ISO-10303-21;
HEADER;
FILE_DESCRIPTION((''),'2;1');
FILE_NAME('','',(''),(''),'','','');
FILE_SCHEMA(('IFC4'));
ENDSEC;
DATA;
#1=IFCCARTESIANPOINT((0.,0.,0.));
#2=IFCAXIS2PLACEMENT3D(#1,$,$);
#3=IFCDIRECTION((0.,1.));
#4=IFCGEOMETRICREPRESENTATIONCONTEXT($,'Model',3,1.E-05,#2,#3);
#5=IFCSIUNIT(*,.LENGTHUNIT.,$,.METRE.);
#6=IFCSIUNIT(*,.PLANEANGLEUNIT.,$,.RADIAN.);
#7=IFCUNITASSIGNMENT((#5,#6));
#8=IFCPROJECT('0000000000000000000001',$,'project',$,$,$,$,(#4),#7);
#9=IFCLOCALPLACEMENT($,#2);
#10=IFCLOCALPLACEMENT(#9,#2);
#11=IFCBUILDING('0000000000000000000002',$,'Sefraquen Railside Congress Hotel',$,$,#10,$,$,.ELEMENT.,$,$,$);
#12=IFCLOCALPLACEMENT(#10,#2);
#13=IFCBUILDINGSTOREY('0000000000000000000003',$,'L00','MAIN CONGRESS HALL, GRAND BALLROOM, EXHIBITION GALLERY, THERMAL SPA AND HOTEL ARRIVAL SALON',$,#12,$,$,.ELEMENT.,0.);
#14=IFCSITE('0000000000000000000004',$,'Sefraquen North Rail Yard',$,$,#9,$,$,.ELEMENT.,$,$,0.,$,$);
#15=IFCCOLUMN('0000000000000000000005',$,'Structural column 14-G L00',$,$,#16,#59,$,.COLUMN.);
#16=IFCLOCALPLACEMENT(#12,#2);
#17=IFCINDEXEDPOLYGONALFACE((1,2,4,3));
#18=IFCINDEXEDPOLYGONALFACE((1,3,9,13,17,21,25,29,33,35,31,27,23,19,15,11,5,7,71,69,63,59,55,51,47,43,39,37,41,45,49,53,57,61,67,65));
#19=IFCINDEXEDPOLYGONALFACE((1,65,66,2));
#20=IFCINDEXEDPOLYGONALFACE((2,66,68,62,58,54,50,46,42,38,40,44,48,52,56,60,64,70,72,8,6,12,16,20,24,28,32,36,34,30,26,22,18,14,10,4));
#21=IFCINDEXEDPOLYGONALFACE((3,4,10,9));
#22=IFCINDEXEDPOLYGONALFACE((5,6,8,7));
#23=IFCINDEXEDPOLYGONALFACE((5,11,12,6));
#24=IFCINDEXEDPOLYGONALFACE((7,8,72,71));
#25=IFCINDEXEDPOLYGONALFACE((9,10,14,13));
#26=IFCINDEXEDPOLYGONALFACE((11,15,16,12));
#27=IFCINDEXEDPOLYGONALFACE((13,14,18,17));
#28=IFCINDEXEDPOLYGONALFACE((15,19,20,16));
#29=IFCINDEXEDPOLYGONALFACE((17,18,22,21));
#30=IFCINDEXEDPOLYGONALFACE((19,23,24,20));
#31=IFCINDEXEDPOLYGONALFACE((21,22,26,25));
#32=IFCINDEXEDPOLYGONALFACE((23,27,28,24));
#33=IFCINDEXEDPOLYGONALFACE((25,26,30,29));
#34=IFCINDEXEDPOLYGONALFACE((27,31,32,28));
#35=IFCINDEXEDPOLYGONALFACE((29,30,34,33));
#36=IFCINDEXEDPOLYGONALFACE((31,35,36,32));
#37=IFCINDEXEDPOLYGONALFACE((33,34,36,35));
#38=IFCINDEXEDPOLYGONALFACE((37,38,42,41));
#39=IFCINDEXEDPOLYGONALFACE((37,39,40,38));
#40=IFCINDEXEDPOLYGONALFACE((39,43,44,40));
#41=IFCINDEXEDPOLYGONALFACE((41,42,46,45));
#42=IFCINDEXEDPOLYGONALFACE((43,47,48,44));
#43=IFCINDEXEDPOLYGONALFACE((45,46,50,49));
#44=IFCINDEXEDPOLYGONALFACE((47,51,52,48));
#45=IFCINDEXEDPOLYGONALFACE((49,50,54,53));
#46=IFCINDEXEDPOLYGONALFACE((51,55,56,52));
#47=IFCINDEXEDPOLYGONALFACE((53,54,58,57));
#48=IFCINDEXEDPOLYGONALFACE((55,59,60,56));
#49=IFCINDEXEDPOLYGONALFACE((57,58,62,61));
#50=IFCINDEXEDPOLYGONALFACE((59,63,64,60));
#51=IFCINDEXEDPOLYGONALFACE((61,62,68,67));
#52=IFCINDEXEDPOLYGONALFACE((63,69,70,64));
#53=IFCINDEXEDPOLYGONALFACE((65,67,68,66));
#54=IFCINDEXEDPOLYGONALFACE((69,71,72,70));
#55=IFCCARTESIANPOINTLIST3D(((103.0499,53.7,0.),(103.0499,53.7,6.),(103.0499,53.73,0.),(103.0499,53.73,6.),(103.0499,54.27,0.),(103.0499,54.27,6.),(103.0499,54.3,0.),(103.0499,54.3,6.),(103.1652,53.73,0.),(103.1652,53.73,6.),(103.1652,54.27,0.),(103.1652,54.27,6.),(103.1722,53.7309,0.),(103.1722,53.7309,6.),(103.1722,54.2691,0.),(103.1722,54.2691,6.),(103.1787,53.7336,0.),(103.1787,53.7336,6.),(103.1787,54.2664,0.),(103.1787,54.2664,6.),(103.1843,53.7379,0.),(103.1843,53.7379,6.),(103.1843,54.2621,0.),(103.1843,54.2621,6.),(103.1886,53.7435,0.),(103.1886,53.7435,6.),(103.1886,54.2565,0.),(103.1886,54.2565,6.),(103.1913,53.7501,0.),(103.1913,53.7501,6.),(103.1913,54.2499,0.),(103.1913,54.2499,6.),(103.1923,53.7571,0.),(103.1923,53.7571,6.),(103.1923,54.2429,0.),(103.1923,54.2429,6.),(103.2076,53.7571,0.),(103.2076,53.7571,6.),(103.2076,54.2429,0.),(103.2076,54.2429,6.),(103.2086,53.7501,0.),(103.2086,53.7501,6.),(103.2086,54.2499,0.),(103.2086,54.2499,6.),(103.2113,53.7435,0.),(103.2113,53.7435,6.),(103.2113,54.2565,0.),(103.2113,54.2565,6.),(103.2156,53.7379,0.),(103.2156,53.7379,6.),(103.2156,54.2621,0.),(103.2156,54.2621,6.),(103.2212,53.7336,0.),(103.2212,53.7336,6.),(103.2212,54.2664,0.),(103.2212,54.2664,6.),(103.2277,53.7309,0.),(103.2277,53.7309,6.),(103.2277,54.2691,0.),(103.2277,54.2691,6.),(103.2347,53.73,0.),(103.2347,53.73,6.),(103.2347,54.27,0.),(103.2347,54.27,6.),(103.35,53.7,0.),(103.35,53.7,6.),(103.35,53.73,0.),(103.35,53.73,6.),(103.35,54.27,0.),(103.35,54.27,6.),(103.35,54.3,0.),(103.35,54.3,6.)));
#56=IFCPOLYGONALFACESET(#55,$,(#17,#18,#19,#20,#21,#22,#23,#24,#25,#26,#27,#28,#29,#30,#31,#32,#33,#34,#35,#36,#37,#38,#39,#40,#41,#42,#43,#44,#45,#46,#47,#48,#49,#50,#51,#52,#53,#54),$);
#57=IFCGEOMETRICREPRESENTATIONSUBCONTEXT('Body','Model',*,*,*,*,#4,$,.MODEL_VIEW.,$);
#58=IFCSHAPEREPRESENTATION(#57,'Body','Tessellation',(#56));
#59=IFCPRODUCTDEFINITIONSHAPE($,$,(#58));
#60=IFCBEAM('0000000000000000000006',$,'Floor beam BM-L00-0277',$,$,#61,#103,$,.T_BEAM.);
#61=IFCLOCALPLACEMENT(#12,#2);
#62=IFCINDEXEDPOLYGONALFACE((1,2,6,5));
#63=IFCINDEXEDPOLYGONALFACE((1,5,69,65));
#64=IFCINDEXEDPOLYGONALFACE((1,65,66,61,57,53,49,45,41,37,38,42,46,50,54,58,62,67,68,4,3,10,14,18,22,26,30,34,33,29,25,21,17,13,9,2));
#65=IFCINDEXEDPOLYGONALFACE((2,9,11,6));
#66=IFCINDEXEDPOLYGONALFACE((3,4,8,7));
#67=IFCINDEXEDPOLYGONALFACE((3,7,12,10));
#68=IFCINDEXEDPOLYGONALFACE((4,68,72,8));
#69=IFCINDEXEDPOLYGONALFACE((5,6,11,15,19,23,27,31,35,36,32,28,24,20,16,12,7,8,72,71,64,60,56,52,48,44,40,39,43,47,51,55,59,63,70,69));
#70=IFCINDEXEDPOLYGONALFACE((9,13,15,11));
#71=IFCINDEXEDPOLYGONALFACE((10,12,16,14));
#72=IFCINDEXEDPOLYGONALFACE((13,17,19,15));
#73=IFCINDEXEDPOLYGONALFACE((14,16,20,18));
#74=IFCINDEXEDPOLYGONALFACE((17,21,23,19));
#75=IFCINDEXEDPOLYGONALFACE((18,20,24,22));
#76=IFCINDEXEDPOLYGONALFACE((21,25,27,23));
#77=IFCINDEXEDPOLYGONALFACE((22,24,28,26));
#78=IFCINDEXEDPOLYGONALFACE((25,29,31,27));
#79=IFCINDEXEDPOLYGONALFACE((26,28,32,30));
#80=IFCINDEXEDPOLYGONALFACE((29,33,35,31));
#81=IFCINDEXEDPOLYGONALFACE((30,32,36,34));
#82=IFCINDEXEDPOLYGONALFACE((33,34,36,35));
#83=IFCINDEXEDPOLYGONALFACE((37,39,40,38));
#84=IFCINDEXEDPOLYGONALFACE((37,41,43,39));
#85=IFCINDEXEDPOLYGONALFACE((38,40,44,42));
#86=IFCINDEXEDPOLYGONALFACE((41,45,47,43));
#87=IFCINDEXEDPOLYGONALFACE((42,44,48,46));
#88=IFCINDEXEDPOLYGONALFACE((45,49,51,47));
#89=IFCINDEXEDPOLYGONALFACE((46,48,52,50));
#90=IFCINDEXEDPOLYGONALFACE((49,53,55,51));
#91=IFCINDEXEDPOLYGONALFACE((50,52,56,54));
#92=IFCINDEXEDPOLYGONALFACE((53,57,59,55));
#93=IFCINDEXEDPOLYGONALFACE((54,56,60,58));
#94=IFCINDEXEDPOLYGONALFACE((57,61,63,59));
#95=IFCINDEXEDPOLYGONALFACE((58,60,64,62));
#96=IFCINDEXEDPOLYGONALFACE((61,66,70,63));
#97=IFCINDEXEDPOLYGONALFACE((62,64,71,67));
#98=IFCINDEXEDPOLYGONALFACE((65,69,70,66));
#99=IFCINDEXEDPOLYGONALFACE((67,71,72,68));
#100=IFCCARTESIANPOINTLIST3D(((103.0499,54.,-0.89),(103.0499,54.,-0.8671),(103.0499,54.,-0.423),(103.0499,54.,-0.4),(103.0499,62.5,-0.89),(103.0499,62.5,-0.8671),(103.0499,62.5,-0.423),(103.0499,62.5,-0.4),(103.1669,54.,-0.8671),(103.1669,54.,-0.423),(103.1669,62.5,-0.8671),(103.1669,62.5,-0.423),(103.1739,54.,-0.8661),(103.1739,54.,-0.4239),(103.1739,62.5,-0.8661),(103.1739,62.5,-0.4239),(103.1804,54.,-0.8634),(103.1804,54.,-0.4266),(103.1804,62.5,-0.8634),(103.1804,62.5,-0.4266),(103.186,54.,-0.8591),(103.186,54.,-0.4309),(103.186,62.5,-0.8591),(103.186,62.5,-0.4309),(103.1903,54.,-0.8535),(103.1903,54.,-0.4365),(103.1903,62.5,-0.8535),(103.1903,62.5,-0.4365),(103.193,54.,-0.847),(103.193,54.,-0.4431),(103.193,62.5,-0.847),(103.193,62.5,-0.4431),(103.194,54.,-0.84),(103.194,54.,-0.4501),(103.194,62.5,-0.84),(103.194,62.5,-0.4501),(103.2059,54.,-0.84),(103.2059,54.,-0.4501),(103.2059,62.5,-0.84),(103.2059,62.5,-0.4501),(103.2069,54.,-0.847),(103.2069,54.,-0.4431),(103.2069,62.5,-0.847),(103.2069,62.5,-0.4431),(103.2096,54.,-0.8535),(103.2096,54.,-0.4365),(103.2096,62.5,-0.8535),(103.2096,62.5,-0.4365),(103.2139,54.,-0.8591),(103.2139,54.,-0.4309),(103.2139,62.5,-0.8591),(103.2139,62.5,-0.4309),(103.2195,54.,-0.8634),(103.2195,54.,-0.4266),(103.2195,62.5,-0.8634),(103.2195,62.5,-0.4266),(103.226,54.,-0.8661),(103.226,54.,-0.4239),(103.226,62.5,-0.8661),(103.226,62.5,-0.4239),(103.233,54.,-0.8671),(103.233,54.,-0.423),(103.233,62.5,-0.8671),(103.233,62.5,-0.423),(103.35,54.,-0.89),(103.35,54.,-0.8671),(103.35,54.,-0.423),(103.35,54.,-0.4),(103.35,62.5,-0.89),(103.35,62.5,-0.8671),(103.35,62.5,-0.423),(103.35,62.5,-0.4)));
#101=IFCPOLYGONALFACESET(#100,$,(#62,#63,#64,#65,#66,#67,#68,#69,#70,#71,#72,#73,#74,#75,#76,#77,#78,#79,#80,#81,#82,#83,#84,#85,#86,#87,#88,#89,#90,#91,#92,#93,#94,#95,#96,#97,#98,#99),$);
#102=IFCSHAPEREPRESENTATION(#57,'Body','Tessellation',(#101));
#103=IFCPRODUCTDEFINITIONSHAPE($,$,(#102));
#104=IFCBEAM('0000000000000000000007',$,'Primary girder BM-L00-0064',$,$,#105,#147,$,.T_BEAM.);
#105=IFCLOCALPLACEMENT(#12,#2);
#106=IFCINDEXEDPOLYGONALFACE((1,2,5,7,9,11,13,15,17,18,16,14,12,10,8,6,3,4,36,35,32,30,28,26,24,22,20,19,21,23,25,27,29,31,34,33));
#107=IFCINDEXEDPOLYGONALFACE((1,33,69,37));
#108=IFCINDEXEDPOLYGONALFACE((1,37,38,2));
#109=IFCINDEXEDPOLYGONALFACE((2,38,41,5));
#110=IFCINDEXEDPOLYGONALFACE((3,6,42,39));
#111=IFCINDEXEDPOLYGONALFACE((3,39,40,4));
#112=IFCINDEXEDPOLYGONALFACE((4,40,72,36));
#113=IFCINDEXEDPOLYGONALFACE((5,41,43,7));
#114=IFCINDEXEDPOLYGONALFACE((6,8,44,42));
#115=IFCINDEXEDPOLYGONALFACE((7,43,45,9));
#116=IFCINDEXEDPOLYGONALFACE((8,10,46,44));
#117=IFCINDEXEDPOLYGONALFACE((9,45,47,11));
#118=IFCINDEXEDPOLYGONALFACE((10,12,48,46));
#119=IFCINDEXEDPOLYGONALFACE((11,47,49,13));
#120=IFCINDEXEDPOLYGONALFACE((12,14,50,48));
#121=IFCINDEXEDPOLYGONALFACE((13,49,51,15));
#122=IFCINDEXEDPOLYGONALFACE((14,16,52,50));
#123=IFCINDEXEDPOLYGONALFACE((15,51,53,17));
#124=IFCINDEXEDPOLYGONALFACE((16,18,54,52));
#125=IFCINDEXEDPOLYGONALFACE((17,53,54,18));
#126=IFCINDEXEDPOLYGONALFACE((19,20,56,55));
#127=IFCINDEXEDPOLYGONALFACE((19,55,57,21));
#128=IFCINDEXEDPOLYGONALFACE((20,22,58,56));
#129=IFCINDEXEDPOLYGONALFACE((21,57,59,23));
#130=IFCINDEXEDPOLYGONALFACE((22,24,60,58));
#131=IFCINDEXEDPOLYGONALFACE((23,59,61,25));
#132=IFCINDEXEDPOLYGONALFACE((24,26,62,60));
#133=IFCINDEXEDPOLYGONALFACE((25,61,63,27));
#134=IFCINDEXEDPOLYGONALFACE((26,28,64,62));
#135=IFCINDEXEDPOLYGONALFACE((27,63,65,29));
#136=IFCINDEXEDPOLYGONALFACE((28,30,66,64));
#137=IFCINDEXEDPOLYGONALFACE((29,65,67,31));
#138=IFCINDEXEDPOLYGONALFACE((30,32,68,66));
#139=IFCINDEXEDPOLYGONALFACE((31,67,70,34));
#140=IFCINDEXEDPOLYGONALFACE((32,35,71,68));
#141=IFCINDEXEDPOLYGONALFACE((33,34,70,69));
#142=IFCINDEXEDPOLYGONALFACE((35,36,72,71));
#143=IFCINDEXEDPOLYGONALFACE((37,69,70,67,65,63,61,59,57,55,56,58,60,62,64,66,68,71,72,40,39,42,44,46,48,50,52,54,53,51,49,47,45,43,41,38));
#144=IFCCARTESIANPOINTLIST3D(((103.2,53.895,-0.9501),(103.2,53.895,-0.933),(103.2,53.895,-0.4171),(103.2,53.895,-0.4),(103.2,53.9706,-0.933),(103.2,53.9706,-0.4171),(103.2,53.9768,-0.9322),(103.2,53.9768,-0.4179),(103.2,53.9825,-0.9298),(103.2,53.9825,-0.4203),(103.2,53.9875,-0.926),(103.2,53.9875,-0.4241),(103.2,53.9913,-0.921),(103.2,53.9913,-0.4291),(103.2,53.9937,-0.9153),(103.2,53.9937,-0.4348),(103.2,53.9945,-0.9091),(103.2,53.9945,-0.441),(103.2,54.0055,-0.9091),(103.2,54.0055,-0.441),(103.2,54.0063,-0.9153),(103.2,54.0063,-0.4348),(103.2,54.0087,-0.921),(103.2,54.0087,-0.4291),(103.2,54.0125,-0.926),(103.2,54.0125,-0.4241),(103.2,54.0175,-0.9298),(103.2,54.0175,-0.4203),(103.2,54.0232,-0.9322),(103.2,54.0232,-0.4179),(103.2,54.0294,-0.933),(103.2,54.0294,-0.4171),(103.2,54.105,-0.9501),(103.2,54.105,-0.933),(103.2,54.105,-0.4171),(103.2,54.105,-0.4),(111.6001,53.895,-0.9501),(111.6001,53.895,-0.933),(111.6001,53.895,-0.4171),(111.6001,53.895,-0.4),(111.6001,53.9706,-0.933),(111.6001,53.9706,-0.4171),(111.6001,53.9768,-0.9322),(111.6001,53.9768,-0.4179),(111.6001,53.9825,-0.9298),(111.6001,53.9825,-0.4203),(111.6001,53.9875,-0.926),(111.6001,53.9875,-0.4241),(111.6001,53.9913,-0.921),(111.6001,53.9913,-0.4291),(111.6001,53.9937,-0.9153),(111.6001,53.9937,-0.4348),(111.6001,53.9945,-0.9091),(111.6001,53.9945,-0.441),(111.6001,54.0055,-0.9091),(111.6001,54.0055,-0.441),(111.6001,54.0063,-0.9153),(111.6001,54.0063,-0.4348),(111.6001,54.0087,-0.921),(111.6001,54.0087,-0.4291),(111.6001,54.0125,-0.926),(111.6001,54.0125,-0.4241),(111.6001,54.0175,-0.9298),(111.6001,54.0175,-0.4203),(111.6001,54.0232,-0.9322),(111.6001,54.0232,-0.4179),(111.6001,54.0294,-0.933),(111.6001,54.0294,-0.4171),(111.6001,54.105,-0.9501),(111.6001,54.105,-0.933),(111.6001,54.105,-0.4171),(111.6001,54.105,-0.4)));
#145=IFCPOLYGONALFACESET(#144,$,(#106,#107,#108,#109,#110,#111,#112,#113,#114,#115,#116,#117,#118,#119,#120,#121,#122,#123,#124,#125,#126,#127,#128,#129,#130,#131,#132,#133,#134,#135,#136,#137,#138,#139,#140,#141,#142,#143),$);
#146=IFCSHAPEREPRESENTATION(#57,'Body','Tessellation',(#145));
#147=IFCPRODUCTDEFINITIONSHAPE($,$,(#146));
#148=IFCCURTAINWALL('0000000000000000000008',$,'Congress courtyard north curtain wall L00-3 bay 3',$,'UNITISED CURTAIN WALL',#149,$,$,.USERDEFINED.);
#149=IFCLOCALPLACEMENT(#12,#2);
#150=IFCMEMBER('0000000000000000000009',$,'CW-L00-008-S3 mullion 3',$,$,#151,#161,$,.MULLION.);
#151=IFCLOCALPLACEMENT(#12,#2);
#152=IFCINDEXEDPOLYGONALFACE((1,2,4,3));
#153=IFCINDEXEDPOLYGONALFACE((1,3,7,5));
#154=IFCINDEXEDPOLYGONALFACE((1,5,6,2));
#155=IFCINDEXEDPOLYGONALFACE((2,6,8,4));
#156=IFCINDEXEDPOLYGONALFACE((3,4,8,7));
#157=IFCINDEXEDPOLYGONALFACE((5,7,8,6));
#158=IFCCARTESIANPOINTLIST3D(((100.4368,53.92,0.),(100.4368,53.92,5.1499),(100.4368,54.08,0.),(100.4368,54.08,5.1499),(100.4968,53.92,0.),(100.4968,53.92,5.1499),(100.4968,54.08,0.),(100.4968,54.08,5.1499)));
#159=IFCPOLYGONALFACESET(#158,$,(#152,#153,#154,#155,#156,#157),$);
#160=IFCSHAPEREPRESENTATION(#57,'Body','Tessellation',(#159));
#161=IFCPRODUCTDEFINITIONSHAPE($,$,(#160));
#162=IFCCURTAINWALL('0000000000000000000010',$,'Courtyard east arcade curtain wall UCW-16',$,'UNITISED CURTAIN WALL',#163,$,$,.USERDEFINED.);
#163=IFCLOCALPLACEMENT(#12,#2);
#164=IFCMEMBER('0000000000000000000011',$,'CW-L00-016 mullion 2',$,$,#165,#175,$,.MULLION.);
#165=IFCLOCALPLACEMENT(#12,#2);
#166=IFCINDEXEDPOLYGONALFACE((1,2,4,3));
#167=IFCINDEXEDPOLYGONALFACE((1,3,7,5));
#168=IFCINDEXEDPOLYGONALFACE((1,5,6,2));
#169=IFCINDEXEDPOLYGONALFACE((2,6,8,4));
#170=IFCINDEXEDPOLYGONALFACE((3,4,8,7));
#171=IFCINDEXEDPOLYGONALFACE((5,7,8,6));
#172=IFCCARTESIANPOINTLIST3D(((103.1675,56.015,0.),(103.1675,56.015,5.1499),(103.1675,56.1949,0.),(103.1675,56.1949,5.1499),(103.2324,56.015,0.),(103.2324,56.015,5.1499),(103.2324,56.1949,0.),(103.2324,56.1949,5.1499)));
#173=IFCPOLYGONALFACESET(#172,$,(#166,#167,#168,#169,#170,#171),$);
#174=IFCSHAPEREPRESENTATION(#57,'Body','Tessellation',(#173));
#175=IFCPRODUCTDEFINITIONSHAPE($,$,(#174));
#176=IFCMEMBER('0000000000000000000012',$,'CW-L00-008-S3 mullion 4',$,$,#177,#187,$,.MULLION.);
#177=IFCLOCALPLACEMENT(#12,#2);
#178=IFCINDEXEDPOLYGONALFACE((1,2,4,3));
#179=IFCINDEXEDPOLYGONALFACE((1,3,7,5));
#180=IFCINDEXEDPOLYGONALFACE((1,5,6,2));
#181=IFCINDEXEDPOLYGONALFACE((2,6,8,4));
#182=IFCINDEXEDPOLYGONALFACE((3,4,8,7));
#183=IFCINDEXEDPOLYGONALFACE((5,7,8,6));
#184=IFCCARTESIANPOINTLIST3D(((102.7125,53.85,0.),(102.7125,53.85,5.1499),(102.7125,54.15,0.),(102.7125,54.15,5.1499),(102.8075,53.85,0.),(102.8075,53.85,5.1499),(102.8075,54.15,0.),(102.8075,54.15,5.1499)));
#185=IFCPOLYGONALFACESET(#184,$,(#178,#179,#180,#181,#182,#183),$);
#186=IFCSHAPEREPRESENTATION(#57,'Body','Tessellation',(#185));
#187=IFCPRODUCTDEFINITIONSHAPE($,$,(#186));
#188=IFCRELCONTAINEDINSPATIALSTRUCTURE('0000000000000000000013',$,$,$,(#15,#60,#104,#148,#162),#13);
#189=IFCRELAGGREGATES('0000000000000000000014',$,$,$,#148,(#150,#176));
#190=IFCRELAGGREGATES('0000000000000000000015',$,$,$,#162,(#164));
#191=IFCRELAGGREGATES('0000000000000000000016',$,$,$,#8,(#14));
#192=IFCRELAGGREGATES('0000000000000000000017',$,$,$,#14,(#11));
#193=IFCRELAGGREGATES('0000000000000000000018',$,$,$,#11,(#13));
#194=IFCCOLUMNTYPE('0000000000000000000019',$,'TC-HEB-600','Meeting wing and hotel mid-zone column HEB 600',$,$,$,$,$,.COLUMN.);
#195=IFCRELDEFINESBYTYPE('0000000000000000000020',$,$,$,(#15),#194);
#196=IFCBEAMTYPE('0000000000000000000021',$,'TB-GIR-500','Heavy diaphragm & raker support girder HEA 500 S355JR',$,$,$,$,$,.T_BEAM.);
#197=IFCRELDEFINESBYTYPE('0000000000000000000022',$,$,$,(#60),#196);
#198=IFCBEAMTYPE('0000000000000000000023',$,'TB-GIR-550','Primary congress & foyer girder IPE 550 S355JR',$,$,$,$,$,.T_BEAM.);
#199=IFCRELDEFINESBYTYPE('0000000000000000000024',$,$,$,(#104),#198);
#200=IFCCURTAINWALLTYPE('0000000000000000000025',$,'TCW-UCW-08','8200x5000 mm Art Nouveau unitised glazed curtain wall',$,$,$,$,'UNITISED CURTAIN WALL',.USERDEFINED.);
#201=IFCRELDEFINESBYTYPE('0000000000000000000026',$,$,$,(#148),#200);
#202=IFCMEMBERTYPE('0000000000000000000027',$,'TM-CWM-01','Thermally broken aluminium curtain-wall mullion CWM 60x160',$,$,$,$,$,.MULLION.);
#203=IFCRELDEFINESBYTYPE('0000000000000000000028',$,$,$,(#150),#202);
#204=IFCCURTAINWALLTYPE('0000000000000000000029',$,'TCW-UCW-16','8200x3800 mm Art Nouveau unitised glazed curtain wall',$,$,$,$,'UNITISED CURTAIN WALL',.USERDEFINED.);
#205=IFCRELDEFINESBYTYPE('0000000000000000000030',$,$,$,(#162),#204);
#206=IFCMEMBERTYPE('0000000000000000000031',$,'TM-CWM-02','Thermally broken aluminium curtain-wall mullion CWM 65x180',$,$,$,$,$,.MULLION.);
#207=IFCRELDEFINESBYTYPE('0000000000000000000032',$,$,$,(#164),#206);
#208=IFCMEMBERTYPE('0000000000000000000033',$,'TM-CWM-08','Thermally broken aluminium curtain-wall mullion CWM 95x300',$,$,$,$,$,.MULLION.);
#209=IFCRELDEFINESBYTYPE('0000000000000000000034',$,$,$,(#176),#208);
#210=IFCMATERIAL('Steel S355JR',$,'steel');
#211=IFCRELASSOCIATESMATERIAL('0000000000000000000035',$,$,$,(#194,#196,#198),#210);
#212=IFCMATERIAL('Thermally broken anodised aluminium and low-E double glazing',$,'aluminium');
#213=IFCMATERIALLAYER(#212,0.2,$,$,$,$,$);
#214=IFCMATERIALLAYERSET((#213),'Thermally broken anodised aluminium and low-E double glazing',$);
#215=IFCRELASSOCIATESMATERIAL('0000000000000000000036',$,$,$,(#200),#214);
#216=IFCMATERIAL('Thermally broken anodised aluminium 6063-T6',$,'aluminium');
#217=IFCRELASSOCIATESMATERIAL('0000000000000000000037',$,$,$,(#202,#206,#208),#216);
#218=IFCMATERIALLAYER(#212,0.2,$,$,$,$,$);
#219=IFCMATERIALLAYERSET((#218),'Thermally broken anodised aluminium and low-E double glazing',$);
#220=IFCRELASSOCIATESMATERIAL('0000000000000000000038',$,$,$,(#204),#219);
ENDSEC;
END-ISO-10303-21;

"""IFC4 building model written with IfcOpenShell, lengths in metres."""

from ifc_helpers import new_model, si_unit, direction, frame, origin, origin_2d, place, context, subcontext, project, spatial, rectangle, i_section, extrude, material, layer, layer_set, material_profile, profile_set, type_object, element, aggregate, save


model = new_model("IFC4")

# Units and contexts
model_context = context("Model", 3, precision=1e-05, world=origin(), true_north=direction((0.0, 1.0)))
body_context = subcontext(model_context, "Body", "Model", "MODEL_VIEW")
ifc_project = project(units=[si_unit("LENGTHUNIT", "METRE"), si_unit("PLANEANGLEUNIT", "RADIAN")], contexts=[model_context])

# Site, building, storey
site_placement = place(None, origin())
site = spatial("IfcSite", under=ifc_project, at=site_placement, Name="Sefraquen North Rail Yard", CompositionType="ELEMENT", RefElevation=0.0)
building_placement = place(site_placement, origin())
building = spatial("IfcBuilding", under=site, at=building_placement, Name="Sefraquen Railside Congress Hotel", CompositionType="ELEMENT")
storey_placement = place(building_placement, origin())
storey = spatial("IfcBuildingStorey", under=building, at=storey_placement, Name="L00", Description="MAIN CONGRESS HALL, GRAND BALLROOM, EXHIBITION GALLERY, THERMAL SPA AND HOTEL ARRIVAL SALON", CompositionType="ELEMENT", Elevation=0.0)

# Column
ifc_material_1 = material(Name="Steel S355JR", Category="steel")
ifc_material_profile_1 = material_profile(ifc_material_1, i_section(OverallWidth=0.3, OverallDepth=0.6001, WebThickness=0.0154, FlangeThickness=0.03, FilletRadius=0.0271, at=origin_2d()), Name="HEB 600")
ifc_profile_set_1 = profile_set([ifc_material_profile_1], Name="Steel S355JR")
column_type = type_object("IfcColumnType", Name="TC-HEB-600", Description="Meeting wing and hotel mid-zone column HEB 600", PredefinedType="COLUMN", material=ifc_profile_set_1)
column_placement = place(storey_placement, frame((103.2, 54.0, 0.0), z_axis=(0.0, 0.0, 1.0), x_axis=(1.0, 0.0, 0.0)))
element("IfcColumn", 1, at=column_placement, inside=storey, type_object=column_type, Name="Structural column 14-G L00", PredefinedType="COLUMN", context=body_context, shape_type="SweptSolid", body=[
    extrude(i_section(OverallWidth=0.3, OverallDepth=0.6001, WebThickness=0.0154, FlangeThickness=0.03, FilletRadius=0.0271, at=origin_2d()), origin(), (0.0, 0.0, 1.0), 6.0),
])

# Beams
ifc_material_profile_2 = material_profile(ifc_material_1, i_section(OverallWidth=0.3, OverallDepth=0.49, WebThickness=0.012, FlangeThickness=0.0229, FilletRadius=0.0271, at=origin_2d()), Name="HEA 500")
ifc_profile_set_2 = profile_set([ifc_material_profile_2], Name="Steel S355JR")
beam_type_1 = type_object("IfcBeamType", Name="TB-GIR-500", Description="Heavy diaphragm & raker support girder HEA 500 S355JR", PredefinedType="T_BEAM", material=ifc_profile_set_2)
beam_1_placement = place(storey_placement, frame((103.2, 54.0, -0.645), z_axis=(0.0, 1.0, 0.0), x_axis=(-1.0, 0.0, 0.0)))
element("IfcBeam", 2, at=beam_1_placement, inside=storey, type_object=beam_type_1, Name="Floor beam BM-L00-0277", PredefinedType="T_BEAM", context=body_context, shape_type="SweptSolid", body=[
    extrude(i_section(OverallWidth=0.3, OverallDepth=0.49, WebThickness=0.012, FlangeThickness=0.0229, FilletRadius=0.0271, at=origin_2d()), origin(), (0.0, 0.0, 1.0), 8.5),
])
ifc_material_profile_3 = material_profile(ifc_material_1, i_section(OverallWidth=0.21, OverallDepth=0.55, WebThickness=0.011, FlangeThickness=0.0171, FilletRadius=0.0239, at=origin_2d()), Name="IPE 550")
ifc_profile_set_3 = profile_set([ifc_material_profile_3], Name="Steel S355JR")
beam_type_2 = type_object("IfcBeamType", Name="TB-GIR-550", Description="Primary congress & foyer girder IPE 550 S355JR", PredefinedType="T_BEAM", material=ifc_profile_set_3)
beam_2_placement = place(storey_placement, frame((103.2, 54.0, -0.675), z_axis=(1.0, 0.0, 0.0), x_axis=(0.0, 1.0, 0.0)))
element("IfcBeam", 3, at=beam_2_placement, inside=storey, type_object=beam_type_2, Name="Primary girder BM-L00-0064", PredefinedType="T_BEAM", context=body_context, shape_type="SweptSolid", body=[
    extrude(i_section(OverallWidth=0.21, OverallDepth=0.55, WebThickness=0.011, FlangeThickness=0.0171, FilletRadius=0.0239, at=origin_2d()), origin(), (0.0, 0.0, 1.0), 8.4001),
])

# Curtain walls, members
ifc_material_2 = material(Name="Thermally broken anodised aluminium and low-E double glazing", Category="aluminium")
ifc_layer_1 = layer(ifc_material_2, 0.2)
ifc_layer_set_1 = layer_set([ifc_layer_1], Name="Thermally broken anodised aluminium and low-E double glazing")
curtain_wall_type_1 = type_object("IfcCurtainWallType", Name="TCW-UCW-08", Description="8200x5000 mm Art Nouveau unitised glazed curtain wall", ElementType="UNITISED CURTAIN WALL", PredefinedType="USERDEFINED", material=ifc_layer_set_1)
curtain_wall_1_placement = place(storey_placement, origin())
curtain_wall_1 = element("IfcCurtainWall", 4, at=curtain_wall_1_placement, inside=storey, type_object=curtain_wall_type_1, Name="Congress courtyard north curtain wall L00-3 bay 3", ObjectType="UNITISED CURTAIN WALL", PredefinedType="USERDEFINED")
ifc_material_3 = material(Name="Thermally broken anodised aluminium 6063-T6", Category="aluminium")
ifc_material_profile_4 = material_profile(ifc_material_3, rectangle(XDim=0.0601, YDim=0.1599, at=origin_2d()), Name="CWM 60x160")
ifc_profile_set_4 = profile_set([ifc_material_profile_4], Name="Thermally broken anodised aluminium 6063-T6")
member_type_1 = type_object("IfcMemberType", Name="TM-CWM-01", Description="Thermally broken aluminium curtain-wall mullion CWM 60x160", PredefinedType="MULLION", material=ifc_profile_set_4)
member_1_placement = place(storey_placement, frame((100.4668, 54.0, 0.0), z_axis=(0.0, 0.0, 1.0), x_axis=(1.0, 0.0, 0.0)))
member_1 = element("IfcMember", 5, at=member_1_placement, type_object=member_type_1, Name="CW-L00-008-S3 mullion 3", PredefinedType="MULLION", context=body_context, shape_type="SweptSolid", body=[
    extrude(rectangle(XDim=0.0601, YDim=0.1599, at=origin_2d()), origin(), (0.0, 0.0, 1.0), 5.1499),
])
ifc_layer_2 = layer(ifc_material_2, 0.2)
ifc_layer_set_2 = layer_set([ifc_layer_2], Name="Thermally broken anodised aluminium and low-E double glazing")
curtain_wall_type_2 = type_object("IfcCurtainWallType", Name="TCW-UCW-16", Description="8200x3800 mm Art Nouveau unitised glazed curtain wall", ElementType="UNITISED CURTAIN WALL", PredefinedType="USERDEFINED", material=ifc_layer_set_2)
curtain_wall_2_placement = place(storey_placement, origin())
curtain_wall_2 = element("IfcCurtainWall", 6, at=curtain_wall_2_placement, inside=storey, type_object=curtain_wall_type_2, Name="Courtyard east arcade curtain wall UCW-16", ObjectType="UNITISED CURTAIN WALL", PredefinedType="USERDEFINED")
ifc_material_profile_5 = material_profile(ifc_material_3, rectangle(XDim=0.0649, YDim=0.1799, at=origin_2d()), Name="CWM 65x180")
ifc_profile_set_5 = profile_set([ifc_material_profile_5], Name="Thermally broken anodised aluminium 6063-T6")
member_type_2 = type_object("IfcMemberType", Name="TM-CWM-02", Description="Thermally broken aluminium curtain-wall mullion CWM 65x180", PredefinedType="MULLION", material=ifc_profile_set_5)
member_2_placement = place(storey_placement, frame((103.2, 56.105, 0.0), z_axis=(0.0, 0.0, 1.0), x_axis=(1.0, 0.0, 0.0)))
member_2 = element("IfcMember", 7, at=member_2_placement, type_object=member_type_2, Name="CW-L00-016 mullion 2", PredefinedType="MULLION", context=body_context, shape_type="SweptSolid", body=[
    extrude(rectangle(XDim=0.0649, YDim=0.1799, at=origin_2d()), origin(), (0.0, 0.0, 1.0), 5.1499),
])

# Member
ifc_material_profile_6 = material_profile(ifc_material_3, rectangle(XDim=0.095, YDim=0.3, at=origin_2d()), Name="CWM 95x300")
ifc_profile_set_6 = profile_set([ifc_material_profile_6], Name="Thermally broken anodised aluminium 6063-T6")
member_type_3 = type_object("IfcMemberType", Name="TM-CWM-08", Description="Thermally broken aluminium curtain-wall mullion CWM 95x300", PredefinedType="MULLION", material=ifc_profile_set_6)
member_3_placement = place(storey_placement, frame((102.76, 54.0, 0.0), z_axis=(0.0, 0.0, 1.0), x_axis=(1.0, 0.0, 0.0)))
member_3 = element("IfcMember", 8, at=member_3_placement, type_object=member_type_3, Name="CW-L00-008-S3 mullion 4", PredefinedType="MULLION", context=body_context, shape_type="SweptSolid", body=[
    extrude(rectangle(XDim=0.095, YDim=0.3, at=origin_2d()), origin(), (0.0, 0.0, 1.0), 5.1499),
])

aggregate(curtain_wall_1, [member_1, member_3])
aggregate(curtain_wall_2, [member_2])

save(model, "model.ifc")
